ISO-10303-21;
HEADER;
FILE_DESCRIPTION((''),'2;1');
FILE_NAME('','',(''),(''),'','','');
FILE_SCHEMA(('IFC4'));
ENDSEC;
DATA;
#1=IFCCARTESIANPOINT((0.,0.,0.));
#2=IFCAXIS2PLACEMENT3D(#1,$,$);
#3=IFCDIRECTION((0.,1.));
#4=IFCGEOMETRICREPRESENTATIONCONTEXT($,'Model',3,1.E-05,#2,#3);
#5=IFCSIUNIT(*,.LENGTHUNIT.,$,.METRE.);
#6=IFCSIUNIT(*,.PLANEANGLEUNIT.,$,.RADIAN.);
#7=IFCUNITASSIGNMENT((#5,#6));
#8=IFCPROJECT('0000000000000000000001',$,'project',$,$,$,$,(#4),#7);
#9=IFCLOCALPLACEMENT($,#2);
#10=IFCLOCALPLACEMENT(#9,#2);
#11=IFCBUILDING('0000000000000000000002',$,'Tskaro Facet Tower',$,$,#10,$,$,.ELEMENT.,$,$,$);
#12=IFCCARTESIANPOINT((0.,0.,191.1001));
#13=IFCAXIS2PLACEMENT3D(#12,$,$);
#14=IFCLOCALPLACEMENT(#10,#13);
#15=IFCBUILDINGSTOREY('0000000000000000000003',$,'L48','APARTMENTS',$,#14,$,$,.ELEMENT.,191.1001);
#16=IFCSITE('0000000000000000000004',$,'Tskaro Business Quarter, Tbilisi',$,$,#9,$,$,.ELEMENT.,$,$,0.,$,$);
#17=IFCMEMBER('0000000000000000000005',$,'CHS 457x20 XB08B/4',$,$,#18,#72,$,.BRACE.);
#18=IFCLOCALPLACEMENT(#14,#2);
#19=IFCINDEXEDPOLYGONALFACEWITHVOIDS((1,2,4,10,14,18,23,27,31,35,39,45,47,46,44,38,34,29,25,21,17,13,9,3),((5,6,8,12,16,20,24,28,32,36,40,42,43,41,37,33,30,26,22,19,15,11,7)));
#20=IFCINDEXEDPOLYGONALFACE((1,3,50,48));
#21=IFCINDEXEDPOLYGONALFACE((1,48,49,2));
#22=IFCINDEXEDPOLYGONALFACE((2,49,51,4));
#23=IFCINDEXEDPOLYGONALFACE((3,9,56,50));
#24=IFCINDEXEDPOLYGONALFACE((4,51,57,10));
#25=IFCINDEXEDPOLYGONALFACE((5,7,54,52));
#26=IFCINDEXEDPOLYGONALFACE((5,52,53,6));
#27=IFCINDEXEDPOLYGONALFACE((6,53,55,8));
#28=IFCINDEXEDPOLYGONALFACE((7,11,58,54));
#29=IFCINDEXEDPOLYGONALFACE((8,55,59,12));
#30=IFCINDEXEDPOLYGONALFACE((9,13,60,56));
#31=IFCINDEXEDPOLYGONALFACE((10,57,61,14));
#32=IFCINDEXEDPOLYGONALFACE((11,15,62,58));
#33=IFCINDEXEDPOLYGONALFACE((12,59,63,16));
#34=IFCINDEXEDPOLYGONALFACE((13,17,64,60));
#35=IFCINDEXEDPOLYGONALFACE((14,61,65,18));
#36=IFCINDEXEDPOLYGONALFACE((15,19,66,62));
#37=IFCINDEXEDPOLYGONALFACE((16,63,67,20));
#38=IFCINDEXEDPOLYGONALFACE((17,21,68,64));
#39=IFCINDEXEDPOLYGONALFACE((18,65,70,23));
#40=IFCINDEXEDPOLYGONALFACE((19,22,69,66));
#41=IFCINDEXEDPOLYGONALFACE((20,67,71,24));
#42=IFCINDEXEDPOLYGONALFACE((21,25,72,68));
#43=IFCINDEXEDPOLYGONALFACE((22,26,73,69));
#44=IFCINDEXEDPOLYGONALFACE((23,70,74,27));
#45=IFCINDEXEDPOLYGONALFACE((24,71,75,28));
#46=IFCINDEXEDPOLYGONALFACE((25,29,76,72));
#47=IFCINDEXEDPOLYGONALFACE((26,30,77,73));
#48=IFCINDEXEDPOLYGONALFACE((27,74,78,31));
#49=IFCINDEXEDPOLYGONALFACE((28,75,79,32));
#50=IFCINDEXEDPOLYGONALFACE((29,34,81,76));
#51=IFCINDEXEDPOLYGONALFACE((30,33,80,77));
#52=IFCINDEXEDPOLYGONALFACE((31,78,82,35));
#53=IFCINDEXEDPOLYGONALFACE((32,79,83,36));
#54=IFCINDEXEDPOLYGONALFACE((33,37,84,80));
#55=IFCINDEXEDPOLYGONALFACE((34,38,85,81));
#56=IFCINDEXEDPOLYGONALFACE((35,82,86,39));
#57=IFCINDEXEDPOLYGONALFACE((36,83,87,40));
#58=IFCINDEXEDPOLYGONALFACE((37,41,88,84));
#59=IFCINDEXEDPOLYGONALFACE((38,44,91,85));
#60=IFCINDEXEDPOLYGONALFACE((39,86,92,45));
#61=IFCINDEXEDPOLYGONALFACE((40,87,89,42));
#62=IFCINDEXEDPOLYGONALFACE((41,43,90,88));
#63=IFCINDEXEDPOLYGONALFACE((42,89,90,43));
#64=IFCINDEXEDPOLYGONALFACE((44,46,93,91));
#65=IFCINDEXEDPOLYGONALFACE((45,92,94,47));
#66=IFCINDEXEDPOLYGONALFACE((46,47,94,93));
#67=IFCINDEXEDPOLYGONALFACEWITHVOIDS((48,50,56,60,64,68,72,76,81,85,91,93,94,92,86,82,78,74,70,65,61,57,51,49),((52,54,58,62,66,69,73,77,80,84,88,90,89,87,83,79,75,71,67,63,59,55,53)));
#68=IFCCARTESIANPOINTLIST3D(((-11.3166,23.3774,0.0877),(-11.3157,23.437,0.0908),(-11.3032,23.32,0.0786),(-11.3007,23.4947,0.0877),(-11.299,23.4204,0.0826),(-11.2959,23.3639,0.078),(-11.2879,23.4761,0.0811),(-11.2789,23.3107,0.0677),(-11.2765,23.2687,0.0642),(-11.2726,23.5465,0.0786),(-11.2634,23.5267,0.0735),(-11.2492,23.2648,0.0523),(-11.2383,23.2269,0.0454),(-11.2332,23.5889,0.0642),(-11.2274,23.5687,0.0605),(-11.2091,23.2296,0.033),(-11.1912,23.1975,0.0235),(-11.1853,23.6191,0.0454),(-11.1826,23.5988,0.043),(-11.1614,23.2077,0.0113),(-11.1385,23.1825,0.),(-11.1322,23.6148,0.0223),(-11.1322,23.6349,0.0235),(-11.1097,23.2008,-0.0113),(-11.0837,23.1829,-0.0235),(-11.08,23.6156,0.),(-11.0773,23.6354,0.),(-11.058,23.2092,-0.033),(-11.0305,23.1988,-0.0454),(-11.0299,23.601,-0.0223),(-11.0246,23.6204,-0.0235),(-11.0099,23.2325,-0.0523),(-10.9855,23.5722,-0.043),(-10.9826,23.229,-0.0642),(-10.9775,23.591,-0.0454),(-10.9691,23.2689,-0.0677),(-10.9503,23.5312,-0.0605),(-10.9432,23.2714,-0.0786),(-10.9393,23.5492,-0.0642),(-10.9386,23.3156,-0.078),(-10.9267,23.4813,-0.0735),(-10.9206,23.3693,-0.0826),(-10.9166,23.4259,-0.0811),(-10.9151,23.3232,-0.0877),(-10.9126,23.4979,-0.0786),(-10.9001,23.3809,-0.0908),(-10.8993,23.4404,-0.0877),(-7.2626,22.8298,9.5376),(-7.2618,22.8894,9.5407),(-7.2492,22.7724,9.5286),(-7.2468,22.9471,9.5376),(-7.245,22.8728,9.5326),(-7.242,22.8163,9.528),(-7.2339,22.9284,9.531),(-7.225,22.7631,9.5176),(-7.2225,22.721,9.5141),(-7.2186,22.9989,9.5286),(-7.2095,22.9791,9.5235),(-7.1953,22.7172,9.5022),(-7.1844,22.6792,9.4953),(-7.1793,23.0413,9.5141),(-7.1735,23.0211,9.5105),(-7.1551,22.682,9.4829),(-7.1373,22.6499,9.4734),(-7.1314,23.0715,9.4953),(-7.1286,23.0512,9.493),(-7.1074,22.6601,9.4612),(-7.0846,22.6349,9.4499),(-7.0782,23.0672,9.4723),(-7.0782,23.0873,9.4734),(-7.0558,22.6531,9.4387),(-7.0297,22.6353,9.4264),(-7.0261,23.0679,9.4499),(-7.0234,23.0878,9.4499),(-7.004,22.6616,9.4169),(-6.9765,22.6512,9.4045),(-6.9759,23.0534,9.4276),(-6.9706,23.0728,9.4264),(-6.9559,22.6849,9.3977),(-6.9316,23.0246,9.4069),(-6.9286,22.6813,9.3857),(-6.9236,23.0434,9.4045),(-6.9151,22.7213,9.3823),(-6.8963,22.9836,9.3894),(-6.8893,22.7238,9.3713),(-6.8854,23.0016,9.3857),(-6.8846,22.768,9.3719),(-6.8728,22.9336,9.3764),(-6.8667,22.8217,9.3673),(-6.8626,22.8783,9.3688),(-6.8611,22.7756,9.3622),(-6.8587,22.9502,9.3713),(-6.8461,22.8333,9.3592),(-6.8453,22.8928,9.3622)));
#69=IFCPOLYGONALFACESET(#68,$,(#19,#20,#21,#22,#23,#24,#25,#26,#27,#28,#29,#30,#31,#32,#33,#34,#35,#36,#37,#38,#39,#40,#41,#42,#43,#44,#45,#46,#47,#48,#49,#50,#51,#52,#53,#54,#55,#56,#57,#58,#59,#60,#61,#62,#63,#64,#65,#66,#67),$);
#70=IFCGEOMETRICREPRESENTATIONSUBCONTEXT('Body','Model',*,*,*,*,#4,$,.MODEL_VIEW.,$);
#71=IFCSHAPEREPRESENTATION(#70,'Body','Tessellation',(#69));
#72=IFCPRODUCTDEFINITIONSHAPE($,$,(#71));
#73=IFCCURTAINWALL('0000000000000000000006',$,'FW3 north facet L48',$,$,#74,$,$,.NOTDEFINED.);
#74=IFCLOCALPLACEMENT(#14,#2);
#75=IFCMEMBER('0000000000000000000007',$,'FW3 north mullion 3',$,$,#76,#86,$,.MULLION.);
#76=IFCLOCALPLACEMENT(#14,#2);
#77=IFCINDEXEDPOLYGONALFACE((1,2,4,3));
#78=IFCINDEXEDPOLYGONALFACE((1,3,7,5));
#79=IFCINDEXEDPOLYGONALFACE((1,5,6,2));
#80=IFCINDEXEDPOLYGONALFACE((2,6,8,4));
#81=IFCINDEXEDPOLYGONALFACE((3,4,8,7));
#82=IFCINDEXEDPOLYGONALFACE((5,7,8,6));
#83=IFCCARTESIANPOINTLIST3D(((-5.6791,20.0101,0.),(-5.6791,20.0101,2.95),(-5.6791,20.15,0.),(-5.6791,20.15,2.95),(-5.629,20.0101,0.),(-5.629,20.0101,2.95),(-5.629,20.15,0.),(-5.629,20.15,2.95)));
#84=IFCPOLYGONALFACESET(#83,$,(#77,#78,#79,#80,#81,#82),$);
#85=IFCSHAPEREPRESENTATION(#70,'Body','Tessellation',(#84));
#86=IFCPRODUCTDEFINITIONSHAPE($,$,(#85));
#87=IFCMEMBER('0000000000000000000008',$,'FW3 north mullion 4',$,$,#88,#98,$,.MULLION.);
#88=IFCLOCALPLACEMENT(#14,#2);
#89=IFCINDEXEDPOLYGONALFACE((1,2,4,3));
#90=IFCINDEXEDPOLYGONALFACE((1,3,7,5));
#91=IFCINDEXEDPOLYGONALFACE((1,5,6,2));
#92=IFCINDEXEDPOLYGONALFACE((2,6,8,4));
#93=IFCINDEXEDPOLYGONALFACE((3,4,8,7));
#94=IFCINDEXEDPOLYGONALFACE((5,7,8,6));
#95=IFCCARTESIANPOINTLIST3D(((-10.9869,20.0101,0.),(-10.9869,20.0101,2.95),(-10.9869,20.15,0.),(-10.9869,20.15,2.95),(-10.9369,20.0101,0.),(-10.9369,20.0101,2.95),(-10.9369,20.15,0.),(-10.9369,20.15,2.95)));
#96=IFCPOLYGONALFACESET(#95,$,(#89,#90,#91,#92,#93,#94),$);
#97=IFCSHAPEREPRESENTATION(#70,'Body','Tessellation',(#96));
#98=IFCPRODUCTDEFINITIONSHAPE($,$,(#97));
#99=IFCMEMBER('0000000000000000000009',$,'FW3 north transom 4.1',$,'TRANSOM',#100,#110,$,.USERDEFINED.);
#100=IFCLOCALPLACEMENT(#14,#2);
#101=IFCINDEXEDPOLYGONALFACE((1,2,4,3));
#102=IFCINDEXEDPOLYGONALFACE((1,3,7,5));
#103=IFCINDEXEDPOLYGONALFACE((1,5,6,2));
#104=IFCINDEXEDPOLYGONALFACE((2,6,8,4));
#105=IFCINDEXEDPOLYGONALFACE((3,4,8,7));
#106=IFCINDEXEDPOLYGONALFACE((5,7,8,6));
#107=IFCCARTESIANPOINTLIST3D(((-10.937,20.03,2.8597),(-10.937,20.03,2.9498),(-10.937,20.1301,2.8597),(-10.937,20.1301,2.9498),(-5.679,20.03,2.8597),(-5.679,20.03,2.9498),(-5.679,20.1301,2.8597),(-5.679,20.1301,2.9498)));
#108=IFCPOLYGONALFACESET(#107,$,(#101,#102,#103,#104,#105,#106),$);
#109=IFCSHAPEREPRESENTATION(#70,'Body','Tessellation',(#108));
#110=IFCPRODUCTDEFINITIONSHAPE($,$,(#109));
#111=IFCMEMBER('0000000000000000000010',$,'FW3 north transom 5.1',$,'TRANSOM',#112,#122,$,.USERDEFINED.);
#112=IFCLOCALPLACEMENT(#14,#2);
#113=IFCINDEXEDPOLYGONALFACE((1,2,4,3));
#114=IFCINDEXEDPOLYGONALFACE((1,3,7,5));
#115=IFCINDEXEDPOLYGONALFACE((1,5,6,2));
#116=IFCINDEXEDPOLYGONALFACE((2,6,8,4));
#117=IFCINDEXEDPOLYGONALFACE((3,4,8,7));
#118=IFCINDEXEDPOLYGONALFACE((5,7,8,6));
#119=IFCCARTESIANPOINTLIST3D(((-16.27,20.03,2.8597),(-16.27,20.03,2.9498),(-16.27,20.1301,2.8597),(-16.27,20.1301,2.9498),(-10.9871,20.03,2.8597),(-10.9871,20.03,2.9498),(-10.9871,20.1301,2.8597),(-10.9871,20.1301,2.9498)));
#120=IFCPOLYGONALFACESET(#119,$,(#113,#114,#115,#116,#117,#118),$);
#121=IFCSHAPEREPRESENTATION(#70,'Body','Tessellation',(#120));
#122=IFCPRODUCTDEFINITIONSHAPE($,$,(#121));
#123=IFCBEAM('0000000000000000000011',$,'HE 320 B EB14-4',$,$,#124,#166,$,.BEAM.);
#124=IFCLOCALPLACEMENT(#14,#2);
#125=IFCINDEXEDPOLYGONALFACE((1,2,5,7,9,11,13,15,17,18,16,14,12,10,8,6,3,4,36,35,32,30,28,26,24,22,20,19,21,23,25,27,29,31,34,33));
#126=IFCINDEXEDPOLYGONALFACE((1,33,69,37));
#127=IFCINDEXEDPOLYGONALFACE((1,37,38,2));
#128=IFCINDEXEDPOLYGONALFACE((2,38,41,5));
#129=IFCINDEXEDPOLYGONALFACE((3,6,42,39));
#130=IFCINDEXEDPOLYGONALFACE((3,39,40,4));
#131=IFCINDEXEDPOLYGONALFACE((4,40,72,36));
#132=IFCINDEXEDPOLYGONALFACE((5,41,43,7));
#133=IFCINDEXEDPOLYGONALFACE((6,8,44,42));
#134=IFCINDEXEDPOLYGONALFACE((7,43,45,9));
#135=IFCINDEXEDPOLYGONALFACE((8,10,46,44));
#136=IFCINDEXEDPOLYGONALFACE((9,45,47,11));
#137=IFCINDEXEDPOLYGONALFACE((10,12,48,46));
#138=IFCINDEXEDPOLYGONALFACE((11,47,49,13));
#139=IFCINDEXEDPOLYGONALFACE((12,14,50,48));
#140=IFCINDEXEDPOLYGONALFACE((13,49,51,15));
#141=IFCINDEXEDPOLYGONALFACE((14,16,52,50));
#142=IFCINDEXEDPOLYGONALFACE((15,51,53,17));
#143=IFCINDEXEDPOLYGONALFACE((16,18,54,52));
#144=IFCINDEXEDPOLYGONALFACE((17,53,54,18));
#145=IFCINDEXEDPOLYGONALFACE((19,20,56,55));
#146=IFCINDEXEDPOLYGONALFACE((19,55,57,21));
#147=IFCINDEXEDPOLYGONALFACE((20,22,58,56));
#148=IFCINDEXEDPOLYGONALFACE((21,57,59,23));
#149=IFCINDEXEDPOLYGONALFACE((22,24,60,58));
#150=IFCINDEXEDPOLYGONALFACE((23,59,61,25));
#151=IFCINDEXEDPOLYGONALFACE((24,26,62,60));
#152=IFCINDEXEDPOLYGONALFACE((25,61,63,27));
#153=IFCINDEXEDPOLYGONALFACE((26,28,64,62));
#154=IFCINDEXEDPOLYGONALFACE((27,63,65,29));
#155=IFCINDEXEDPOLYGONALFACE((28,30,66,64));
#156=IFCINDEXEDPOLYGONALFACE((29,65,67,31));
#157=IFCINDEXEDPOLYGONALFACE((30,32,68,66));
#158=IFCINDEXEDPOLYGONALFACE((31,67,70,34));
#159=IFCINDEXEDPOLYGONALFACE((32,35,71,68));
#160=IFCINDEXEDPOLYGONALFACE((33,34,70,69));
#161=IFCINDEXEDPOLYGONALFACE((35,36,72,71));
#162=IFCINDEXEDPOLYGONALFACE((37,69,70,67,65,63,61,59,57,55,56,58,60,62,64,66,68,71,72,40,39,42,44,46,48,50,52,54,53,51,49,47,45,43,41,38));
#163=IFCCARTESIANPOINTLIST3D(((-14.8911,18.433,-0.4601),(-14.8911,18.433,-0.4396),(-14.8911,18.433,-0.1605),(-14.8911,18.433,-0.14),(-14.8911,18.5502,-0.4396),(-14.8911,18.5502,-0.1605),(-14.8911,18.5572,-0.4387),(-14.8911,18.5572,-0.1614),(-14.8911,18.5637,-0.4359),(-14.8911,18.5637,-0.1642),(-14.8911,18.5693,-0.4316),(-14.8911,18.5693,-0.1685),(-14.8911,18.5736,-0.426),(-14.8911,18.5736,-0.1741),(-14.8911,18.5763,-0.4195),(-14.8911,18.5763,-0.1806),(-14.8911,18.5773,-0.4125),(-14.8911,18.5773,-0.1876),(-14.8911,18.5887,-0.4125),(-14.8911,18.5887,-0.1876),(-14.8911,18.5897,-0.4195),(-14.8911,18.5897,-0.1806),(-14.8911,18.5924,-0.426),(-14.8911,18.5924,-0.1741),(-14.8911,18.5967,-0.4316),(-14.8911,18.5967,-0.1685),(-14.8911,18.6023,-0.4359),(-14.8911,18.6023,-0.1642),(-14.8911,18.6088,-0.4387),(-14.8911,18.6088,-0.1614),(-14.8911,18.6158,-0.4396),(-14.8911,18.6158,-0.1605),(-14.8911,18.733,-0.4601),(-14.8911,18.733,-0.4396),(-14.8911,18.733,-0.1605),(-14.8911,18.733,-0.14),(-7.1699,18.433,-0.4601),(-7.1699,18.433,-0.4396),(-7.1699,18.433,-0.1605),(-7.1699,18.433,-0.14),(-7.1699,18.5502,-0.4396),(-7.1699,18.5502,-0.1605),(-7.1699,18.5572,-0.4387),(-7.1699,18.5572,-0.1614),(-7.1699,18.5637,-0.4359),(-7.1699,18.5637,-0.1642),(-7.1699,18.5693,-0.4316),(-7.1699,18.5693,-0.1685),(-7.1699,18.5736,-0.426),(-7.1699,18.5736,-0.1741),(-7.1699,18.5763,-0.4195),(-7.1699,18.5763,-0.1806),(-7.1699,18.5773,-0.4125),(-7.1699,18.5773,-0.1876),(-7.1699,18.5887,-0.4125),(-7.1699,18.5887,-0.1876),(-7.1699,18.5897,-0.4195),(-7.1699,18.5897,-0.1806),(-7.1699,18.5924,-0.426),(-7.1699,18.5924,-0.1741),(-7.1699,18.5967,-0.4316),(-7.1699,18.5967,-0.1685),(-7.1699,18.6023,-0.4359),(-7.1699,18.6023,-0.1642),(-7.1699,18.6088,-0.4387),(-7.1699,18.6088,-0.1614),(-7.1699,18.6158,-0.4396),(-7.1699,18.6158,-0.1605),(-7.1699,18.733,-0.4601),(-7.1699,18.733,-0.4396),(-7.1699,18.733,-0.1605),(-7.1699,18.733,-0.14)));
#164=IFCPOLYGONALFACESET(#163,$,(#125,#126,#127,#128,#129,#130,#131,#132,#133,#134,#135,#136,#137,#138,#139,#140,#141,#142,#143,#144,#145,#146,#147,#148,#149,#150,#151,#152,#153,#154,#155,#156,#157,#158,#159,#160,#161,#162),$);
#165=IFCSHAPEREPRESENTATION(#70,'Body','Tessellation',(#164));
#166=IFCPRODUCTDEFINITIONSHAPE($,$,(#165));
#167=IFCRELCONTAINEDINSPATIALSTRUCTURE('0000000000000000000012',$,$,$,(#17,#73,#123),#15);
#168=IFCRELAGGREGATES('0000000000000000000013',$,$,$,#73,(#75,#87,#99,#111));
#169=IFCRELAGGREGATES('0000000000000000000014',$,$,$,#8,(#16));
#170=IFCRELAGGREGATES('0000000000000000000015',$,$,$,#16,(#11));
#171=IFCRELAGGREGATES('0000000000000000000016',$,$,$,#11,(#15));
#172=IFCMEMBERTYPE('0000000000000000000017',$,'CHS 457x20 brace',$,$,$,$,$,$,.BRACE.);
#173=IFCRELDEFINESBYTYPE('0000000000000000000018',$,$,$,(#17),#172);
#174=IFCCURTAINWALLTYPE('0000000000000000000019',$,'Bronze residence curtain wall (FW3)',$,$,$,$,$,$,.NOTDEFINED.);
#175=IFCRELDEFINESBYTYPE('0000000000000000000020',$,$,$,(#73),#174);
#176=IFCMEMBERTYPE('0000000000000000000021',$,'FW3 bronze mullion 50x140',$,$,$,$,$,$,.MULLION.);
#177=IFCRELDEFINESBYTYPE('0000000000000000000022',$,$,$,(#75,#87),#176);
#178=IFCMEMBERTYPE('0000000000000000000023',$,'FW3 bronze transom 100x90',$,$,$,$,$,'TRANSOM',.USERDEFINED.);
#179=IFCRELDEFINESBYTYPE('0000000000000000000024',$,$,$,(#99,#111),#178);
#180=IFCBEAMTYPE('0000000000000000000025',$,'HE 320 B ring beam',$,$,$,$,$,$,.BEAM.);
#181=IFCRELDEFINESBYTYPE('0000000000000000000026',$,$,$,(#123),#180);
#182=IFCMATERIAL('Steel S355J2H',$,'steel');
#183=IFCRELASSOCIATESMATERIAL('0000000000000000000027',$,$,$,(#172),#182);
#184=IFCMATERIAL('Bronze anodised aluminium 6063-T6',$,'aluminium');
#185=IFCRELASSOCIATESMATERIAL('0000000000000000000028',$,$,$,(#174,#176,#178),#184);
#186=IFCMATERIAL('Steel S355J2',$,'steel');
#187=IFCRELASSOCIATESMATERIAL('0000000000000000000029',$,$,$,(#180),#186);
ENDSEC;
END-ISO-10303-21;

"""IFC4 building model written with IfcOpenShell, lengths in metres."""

from ifc_helpers import new_model, si_unit, direction, frame, origin, origin_2d, place, context, subcontext, project, spatial, rectangle, hollow_circle, i_section, extrude, material, material_profile, profile_set, type_object, element, aggregate, save


model = new_model("IFC4")

# Units and contexts
model_context = context("Model", 3, precision=1e-05, world=origin(), true_north=direction((0.0, 1.0)))
body_context = subcontext(model_context, "Body", "Model", "MODEL_VIEW")
ifc_project = project(units=[si_unit("LENGTHUNIT", "METRE"), si_unit("PLANEANGLEUNIT", "RADIAN")], contexts=[model_context])

# Site, building, storey
site_placement = place(None, origin())
site = spatial("IfcSite", under=ifc_project, at=site_placement, Name="Tskaro Business Quarter, Tbilisi", CompositionType="ELEMENT", RefElevation=0.0)
building_placement = place(site_placement, origin())
building = spatial("IfcBuilding", under=site, at=building_placement, Name="Tskaro Facet Tower", CompositionType="ELEMENT")
storey_placement = place(building_placement, frame((0.0, 0.0, 191.1001)))
storey = spatial("IfcBuildingStorey", under=building, at=storey_placement, Name="L48", Description="APARTMENTS", CompositionType="ELEMENT", Elevation=191.1001)

# Shared definitions
ifc_material_1 = material(Name="Steel S355J2H", Category="steel")

# Member
ifc_material_profile_1 = material_profile(ifc_material_1, hollow_circle(Radius=0.2285, WallThickness=0.02, at=origin_2d()), Name="CHS 457x20")
ifc_profile_set_1 = profile_set([ifc_material_profile_1], Name="Steel S355J2H")
member_type_1 = type_object("IfcMemberType", Name="CHS 457x20 brace", PredefinedType="BRACE", material=ifc_profile_set_1)
member_1_placement = place(storey_placement, frame((-11.1079, 23.4089, 0.0), z_axis=(0.393688, -0.053179, 0.917705), x_axis=(0.133864, 0.991, 0.0)))
element("IfcMember", 1, at=member_1_placement, inside=storey, type_object=member_type_1, Name="CHS 457x20 XB08B/4", PredefinedType="BRACE", context=body_context, shape_type="SweptSolid", body=[
    extrude(hollow_circle(Radius=0.2285, WallThickness=0.02, at=origin_2d()), origin(), (0.0, 0.0, 1.0), 10.2974),
])

# Curtain wall, members
ifc_material_2 = material(Name="Bronze anodised aluminium 6063-T6", Category="aluminium")
curtain_wall_type = type_object("IfcCurtainWallType", Name="Bronze residence curtain wall (FW3)", PredefinedType="NOTDEFINED", material=ifc_material_2)
curtain_wall_placement = place(storey_placement, origin())
curtain_wall = element("IfcCurtainWall", 2, at=curtain_wall_placement, inside=storey, type_object=curtain_wall_type, Name="FW3 north facet L48", PredefinedType="NOTDEFINED")
ifc_material_profile_2 = material_profile(ifc_material_2, rectangle(XDim=0.05, YDim=0.1399, at=origin_2d()), Name="Mullion 50x140")
ifc_profile_set_2 = profile_set([ifc_material_profile_2], Name="Bronze anodised aluminium 6063-T6")
member_type_2 = type_object("IfcMemberType", Name="FW3 bronze mullion 50x140", PredefinedType="MULLION", material=ifc_profile_set_2)
member_2_placement = place(storey_placement, frame((-5.6541, 20.0801, 0.0), z_axis=(0.0, 0.0, 1.0), x_axis=(-1.0, 0.0, 0.0)))
member_2 = element("IfcMember", 3, at=member_2_placement, type_object=member_type_2, Name="FW3 north mullion 3", PredefinedType="MULLION", context=body_context, shape_type="SweptSolid", body=[
    extrude(rectangle(XDim=0.05, YDim=0.1399, at=origin_2d()), origin(), (0.0, 0.0, 1.0), 2.95),
])
member_3_placement = place(storey_placement, frame((-10.9619, 20.0801, 0.0), z_axis=(0.0, 0.0, 1.0), x_axis=(-1.0, 0.0, 0.0)))
member_3 = element("IfcMember", 4, at=member_3_placement, type_object=member_type_2, Name="FW3 north mullion 4", PredefinedType="MULLION", context=body_context, shape_type="SweptSolid", body=[
    extrude(rectangle(XDim=0.05, YDim=0.1399, at=origin_2d()), origin(), (0.0, 0.0, 1.0), 2.95),
])
ifc_material_profile_3 = material_profile(ifc_material_2, rectangle(XDim=0.1001, YDim=0.0901, at=origin_2d()), Name="Transom 100x90")
ifc_profile_set_3 = profile_set([ifc_material_profile_3], Name="Bronze anodised aluminium 6063-T6")
member_type_3 = type_object("IfcMemberType", Name="FW3 bronze transom 100x90", ElementType="TRANSOM", PredefinedType="USERDEFINED", material=ifc_profile_set_3)
member_4_placement = place(storey_placement, frame((-5.679, 20.0801, 2.9048), z_axis=(-1.0, 0.0, 0.0), x_axis=(0.0, -1.0, 0.0)))
member_4 = element("IfcMember", 5, at=member_4_placement, type_object=member_type_3, Name="FW3 north transom 4.1", ObjectType="TRANSOM", PredefinedType="USERDEFINED", context=body_context, shape_type="SweptSolid", body=[
    extrude(rectangle(XDim=0.1001, YDim=0.0901, at=origin_2d()), origin(), (0.0, 0.0, 1.0), 5.2581),
])
member_5_placement = place(storey_placement, frame((-10.9871, 20.0801, 2.9048), z_axis=(-1.0, 0.0, 0.0), x_axis=(0.0, -1.0, 0.0)))
member_5 = element("IfcMember", 6, at=member_5_placement, type_object=member_type_3, Name="FW3 north transom 5.1", ObjectType="TRANSOM", PredefinedType="USERDEFINED", context=body_context, shape_type="SweptSolid", body=[
    extrude(rectangle(XDim=0.1001, YDim=0.0901, at=origin_2d()), origin(), (0.0, 0.0, 1.0), 5.283),
])

# Beam
ifc_material_3 = material(Name="Steel S355J2", Category="steel")
ifc_material_profile_4 = material_profile(ifc_material_3, i_section(OverallWidth=0.3, OverallDepth=0.3201, WebThickness=0.0115, FlangeThickness=0.0205, FilletRadius=0.0271, at=origin_2d()), Name="HE 320 B")
ifc_profile_set_4 = profile_set([ifc_material_profile_4], Name="Steel S355J2")
beam_type_1 = type_object("IfcBeamType", Name="HE 320 B ring beam", PredefinedType="BEAM", material=ifc_profile_set_4)
beam_1_placement = place(storey_placement, frame((-7.1699, 18.583, -0.3), z_axis=(-1.0, 0.0, 0.0), x_axis=(0.0, -1.0, 0.0)))
element("IfcBeam", 7, at=beam_1_placement, inside=storey, type_object=beam_type_1, Name="HE 320 B EB14-4", PredefinedType="BEAM", context=body_context, shape_type="SweptSolid", body=[
    extrude(i_section(OverallWidth=0.3, OverallDepth=0.3201, WebThickness=0.0115, FlangeThickness=0.0205, FilletRadius=0.0271, at=origin_2d()), origin(), (0.0, 0.0, 1.0), 7.7212),
])

aggregate(curtain_wall, [member_2, member_3, member_4, member_5])

save(model, "model.ifc")
